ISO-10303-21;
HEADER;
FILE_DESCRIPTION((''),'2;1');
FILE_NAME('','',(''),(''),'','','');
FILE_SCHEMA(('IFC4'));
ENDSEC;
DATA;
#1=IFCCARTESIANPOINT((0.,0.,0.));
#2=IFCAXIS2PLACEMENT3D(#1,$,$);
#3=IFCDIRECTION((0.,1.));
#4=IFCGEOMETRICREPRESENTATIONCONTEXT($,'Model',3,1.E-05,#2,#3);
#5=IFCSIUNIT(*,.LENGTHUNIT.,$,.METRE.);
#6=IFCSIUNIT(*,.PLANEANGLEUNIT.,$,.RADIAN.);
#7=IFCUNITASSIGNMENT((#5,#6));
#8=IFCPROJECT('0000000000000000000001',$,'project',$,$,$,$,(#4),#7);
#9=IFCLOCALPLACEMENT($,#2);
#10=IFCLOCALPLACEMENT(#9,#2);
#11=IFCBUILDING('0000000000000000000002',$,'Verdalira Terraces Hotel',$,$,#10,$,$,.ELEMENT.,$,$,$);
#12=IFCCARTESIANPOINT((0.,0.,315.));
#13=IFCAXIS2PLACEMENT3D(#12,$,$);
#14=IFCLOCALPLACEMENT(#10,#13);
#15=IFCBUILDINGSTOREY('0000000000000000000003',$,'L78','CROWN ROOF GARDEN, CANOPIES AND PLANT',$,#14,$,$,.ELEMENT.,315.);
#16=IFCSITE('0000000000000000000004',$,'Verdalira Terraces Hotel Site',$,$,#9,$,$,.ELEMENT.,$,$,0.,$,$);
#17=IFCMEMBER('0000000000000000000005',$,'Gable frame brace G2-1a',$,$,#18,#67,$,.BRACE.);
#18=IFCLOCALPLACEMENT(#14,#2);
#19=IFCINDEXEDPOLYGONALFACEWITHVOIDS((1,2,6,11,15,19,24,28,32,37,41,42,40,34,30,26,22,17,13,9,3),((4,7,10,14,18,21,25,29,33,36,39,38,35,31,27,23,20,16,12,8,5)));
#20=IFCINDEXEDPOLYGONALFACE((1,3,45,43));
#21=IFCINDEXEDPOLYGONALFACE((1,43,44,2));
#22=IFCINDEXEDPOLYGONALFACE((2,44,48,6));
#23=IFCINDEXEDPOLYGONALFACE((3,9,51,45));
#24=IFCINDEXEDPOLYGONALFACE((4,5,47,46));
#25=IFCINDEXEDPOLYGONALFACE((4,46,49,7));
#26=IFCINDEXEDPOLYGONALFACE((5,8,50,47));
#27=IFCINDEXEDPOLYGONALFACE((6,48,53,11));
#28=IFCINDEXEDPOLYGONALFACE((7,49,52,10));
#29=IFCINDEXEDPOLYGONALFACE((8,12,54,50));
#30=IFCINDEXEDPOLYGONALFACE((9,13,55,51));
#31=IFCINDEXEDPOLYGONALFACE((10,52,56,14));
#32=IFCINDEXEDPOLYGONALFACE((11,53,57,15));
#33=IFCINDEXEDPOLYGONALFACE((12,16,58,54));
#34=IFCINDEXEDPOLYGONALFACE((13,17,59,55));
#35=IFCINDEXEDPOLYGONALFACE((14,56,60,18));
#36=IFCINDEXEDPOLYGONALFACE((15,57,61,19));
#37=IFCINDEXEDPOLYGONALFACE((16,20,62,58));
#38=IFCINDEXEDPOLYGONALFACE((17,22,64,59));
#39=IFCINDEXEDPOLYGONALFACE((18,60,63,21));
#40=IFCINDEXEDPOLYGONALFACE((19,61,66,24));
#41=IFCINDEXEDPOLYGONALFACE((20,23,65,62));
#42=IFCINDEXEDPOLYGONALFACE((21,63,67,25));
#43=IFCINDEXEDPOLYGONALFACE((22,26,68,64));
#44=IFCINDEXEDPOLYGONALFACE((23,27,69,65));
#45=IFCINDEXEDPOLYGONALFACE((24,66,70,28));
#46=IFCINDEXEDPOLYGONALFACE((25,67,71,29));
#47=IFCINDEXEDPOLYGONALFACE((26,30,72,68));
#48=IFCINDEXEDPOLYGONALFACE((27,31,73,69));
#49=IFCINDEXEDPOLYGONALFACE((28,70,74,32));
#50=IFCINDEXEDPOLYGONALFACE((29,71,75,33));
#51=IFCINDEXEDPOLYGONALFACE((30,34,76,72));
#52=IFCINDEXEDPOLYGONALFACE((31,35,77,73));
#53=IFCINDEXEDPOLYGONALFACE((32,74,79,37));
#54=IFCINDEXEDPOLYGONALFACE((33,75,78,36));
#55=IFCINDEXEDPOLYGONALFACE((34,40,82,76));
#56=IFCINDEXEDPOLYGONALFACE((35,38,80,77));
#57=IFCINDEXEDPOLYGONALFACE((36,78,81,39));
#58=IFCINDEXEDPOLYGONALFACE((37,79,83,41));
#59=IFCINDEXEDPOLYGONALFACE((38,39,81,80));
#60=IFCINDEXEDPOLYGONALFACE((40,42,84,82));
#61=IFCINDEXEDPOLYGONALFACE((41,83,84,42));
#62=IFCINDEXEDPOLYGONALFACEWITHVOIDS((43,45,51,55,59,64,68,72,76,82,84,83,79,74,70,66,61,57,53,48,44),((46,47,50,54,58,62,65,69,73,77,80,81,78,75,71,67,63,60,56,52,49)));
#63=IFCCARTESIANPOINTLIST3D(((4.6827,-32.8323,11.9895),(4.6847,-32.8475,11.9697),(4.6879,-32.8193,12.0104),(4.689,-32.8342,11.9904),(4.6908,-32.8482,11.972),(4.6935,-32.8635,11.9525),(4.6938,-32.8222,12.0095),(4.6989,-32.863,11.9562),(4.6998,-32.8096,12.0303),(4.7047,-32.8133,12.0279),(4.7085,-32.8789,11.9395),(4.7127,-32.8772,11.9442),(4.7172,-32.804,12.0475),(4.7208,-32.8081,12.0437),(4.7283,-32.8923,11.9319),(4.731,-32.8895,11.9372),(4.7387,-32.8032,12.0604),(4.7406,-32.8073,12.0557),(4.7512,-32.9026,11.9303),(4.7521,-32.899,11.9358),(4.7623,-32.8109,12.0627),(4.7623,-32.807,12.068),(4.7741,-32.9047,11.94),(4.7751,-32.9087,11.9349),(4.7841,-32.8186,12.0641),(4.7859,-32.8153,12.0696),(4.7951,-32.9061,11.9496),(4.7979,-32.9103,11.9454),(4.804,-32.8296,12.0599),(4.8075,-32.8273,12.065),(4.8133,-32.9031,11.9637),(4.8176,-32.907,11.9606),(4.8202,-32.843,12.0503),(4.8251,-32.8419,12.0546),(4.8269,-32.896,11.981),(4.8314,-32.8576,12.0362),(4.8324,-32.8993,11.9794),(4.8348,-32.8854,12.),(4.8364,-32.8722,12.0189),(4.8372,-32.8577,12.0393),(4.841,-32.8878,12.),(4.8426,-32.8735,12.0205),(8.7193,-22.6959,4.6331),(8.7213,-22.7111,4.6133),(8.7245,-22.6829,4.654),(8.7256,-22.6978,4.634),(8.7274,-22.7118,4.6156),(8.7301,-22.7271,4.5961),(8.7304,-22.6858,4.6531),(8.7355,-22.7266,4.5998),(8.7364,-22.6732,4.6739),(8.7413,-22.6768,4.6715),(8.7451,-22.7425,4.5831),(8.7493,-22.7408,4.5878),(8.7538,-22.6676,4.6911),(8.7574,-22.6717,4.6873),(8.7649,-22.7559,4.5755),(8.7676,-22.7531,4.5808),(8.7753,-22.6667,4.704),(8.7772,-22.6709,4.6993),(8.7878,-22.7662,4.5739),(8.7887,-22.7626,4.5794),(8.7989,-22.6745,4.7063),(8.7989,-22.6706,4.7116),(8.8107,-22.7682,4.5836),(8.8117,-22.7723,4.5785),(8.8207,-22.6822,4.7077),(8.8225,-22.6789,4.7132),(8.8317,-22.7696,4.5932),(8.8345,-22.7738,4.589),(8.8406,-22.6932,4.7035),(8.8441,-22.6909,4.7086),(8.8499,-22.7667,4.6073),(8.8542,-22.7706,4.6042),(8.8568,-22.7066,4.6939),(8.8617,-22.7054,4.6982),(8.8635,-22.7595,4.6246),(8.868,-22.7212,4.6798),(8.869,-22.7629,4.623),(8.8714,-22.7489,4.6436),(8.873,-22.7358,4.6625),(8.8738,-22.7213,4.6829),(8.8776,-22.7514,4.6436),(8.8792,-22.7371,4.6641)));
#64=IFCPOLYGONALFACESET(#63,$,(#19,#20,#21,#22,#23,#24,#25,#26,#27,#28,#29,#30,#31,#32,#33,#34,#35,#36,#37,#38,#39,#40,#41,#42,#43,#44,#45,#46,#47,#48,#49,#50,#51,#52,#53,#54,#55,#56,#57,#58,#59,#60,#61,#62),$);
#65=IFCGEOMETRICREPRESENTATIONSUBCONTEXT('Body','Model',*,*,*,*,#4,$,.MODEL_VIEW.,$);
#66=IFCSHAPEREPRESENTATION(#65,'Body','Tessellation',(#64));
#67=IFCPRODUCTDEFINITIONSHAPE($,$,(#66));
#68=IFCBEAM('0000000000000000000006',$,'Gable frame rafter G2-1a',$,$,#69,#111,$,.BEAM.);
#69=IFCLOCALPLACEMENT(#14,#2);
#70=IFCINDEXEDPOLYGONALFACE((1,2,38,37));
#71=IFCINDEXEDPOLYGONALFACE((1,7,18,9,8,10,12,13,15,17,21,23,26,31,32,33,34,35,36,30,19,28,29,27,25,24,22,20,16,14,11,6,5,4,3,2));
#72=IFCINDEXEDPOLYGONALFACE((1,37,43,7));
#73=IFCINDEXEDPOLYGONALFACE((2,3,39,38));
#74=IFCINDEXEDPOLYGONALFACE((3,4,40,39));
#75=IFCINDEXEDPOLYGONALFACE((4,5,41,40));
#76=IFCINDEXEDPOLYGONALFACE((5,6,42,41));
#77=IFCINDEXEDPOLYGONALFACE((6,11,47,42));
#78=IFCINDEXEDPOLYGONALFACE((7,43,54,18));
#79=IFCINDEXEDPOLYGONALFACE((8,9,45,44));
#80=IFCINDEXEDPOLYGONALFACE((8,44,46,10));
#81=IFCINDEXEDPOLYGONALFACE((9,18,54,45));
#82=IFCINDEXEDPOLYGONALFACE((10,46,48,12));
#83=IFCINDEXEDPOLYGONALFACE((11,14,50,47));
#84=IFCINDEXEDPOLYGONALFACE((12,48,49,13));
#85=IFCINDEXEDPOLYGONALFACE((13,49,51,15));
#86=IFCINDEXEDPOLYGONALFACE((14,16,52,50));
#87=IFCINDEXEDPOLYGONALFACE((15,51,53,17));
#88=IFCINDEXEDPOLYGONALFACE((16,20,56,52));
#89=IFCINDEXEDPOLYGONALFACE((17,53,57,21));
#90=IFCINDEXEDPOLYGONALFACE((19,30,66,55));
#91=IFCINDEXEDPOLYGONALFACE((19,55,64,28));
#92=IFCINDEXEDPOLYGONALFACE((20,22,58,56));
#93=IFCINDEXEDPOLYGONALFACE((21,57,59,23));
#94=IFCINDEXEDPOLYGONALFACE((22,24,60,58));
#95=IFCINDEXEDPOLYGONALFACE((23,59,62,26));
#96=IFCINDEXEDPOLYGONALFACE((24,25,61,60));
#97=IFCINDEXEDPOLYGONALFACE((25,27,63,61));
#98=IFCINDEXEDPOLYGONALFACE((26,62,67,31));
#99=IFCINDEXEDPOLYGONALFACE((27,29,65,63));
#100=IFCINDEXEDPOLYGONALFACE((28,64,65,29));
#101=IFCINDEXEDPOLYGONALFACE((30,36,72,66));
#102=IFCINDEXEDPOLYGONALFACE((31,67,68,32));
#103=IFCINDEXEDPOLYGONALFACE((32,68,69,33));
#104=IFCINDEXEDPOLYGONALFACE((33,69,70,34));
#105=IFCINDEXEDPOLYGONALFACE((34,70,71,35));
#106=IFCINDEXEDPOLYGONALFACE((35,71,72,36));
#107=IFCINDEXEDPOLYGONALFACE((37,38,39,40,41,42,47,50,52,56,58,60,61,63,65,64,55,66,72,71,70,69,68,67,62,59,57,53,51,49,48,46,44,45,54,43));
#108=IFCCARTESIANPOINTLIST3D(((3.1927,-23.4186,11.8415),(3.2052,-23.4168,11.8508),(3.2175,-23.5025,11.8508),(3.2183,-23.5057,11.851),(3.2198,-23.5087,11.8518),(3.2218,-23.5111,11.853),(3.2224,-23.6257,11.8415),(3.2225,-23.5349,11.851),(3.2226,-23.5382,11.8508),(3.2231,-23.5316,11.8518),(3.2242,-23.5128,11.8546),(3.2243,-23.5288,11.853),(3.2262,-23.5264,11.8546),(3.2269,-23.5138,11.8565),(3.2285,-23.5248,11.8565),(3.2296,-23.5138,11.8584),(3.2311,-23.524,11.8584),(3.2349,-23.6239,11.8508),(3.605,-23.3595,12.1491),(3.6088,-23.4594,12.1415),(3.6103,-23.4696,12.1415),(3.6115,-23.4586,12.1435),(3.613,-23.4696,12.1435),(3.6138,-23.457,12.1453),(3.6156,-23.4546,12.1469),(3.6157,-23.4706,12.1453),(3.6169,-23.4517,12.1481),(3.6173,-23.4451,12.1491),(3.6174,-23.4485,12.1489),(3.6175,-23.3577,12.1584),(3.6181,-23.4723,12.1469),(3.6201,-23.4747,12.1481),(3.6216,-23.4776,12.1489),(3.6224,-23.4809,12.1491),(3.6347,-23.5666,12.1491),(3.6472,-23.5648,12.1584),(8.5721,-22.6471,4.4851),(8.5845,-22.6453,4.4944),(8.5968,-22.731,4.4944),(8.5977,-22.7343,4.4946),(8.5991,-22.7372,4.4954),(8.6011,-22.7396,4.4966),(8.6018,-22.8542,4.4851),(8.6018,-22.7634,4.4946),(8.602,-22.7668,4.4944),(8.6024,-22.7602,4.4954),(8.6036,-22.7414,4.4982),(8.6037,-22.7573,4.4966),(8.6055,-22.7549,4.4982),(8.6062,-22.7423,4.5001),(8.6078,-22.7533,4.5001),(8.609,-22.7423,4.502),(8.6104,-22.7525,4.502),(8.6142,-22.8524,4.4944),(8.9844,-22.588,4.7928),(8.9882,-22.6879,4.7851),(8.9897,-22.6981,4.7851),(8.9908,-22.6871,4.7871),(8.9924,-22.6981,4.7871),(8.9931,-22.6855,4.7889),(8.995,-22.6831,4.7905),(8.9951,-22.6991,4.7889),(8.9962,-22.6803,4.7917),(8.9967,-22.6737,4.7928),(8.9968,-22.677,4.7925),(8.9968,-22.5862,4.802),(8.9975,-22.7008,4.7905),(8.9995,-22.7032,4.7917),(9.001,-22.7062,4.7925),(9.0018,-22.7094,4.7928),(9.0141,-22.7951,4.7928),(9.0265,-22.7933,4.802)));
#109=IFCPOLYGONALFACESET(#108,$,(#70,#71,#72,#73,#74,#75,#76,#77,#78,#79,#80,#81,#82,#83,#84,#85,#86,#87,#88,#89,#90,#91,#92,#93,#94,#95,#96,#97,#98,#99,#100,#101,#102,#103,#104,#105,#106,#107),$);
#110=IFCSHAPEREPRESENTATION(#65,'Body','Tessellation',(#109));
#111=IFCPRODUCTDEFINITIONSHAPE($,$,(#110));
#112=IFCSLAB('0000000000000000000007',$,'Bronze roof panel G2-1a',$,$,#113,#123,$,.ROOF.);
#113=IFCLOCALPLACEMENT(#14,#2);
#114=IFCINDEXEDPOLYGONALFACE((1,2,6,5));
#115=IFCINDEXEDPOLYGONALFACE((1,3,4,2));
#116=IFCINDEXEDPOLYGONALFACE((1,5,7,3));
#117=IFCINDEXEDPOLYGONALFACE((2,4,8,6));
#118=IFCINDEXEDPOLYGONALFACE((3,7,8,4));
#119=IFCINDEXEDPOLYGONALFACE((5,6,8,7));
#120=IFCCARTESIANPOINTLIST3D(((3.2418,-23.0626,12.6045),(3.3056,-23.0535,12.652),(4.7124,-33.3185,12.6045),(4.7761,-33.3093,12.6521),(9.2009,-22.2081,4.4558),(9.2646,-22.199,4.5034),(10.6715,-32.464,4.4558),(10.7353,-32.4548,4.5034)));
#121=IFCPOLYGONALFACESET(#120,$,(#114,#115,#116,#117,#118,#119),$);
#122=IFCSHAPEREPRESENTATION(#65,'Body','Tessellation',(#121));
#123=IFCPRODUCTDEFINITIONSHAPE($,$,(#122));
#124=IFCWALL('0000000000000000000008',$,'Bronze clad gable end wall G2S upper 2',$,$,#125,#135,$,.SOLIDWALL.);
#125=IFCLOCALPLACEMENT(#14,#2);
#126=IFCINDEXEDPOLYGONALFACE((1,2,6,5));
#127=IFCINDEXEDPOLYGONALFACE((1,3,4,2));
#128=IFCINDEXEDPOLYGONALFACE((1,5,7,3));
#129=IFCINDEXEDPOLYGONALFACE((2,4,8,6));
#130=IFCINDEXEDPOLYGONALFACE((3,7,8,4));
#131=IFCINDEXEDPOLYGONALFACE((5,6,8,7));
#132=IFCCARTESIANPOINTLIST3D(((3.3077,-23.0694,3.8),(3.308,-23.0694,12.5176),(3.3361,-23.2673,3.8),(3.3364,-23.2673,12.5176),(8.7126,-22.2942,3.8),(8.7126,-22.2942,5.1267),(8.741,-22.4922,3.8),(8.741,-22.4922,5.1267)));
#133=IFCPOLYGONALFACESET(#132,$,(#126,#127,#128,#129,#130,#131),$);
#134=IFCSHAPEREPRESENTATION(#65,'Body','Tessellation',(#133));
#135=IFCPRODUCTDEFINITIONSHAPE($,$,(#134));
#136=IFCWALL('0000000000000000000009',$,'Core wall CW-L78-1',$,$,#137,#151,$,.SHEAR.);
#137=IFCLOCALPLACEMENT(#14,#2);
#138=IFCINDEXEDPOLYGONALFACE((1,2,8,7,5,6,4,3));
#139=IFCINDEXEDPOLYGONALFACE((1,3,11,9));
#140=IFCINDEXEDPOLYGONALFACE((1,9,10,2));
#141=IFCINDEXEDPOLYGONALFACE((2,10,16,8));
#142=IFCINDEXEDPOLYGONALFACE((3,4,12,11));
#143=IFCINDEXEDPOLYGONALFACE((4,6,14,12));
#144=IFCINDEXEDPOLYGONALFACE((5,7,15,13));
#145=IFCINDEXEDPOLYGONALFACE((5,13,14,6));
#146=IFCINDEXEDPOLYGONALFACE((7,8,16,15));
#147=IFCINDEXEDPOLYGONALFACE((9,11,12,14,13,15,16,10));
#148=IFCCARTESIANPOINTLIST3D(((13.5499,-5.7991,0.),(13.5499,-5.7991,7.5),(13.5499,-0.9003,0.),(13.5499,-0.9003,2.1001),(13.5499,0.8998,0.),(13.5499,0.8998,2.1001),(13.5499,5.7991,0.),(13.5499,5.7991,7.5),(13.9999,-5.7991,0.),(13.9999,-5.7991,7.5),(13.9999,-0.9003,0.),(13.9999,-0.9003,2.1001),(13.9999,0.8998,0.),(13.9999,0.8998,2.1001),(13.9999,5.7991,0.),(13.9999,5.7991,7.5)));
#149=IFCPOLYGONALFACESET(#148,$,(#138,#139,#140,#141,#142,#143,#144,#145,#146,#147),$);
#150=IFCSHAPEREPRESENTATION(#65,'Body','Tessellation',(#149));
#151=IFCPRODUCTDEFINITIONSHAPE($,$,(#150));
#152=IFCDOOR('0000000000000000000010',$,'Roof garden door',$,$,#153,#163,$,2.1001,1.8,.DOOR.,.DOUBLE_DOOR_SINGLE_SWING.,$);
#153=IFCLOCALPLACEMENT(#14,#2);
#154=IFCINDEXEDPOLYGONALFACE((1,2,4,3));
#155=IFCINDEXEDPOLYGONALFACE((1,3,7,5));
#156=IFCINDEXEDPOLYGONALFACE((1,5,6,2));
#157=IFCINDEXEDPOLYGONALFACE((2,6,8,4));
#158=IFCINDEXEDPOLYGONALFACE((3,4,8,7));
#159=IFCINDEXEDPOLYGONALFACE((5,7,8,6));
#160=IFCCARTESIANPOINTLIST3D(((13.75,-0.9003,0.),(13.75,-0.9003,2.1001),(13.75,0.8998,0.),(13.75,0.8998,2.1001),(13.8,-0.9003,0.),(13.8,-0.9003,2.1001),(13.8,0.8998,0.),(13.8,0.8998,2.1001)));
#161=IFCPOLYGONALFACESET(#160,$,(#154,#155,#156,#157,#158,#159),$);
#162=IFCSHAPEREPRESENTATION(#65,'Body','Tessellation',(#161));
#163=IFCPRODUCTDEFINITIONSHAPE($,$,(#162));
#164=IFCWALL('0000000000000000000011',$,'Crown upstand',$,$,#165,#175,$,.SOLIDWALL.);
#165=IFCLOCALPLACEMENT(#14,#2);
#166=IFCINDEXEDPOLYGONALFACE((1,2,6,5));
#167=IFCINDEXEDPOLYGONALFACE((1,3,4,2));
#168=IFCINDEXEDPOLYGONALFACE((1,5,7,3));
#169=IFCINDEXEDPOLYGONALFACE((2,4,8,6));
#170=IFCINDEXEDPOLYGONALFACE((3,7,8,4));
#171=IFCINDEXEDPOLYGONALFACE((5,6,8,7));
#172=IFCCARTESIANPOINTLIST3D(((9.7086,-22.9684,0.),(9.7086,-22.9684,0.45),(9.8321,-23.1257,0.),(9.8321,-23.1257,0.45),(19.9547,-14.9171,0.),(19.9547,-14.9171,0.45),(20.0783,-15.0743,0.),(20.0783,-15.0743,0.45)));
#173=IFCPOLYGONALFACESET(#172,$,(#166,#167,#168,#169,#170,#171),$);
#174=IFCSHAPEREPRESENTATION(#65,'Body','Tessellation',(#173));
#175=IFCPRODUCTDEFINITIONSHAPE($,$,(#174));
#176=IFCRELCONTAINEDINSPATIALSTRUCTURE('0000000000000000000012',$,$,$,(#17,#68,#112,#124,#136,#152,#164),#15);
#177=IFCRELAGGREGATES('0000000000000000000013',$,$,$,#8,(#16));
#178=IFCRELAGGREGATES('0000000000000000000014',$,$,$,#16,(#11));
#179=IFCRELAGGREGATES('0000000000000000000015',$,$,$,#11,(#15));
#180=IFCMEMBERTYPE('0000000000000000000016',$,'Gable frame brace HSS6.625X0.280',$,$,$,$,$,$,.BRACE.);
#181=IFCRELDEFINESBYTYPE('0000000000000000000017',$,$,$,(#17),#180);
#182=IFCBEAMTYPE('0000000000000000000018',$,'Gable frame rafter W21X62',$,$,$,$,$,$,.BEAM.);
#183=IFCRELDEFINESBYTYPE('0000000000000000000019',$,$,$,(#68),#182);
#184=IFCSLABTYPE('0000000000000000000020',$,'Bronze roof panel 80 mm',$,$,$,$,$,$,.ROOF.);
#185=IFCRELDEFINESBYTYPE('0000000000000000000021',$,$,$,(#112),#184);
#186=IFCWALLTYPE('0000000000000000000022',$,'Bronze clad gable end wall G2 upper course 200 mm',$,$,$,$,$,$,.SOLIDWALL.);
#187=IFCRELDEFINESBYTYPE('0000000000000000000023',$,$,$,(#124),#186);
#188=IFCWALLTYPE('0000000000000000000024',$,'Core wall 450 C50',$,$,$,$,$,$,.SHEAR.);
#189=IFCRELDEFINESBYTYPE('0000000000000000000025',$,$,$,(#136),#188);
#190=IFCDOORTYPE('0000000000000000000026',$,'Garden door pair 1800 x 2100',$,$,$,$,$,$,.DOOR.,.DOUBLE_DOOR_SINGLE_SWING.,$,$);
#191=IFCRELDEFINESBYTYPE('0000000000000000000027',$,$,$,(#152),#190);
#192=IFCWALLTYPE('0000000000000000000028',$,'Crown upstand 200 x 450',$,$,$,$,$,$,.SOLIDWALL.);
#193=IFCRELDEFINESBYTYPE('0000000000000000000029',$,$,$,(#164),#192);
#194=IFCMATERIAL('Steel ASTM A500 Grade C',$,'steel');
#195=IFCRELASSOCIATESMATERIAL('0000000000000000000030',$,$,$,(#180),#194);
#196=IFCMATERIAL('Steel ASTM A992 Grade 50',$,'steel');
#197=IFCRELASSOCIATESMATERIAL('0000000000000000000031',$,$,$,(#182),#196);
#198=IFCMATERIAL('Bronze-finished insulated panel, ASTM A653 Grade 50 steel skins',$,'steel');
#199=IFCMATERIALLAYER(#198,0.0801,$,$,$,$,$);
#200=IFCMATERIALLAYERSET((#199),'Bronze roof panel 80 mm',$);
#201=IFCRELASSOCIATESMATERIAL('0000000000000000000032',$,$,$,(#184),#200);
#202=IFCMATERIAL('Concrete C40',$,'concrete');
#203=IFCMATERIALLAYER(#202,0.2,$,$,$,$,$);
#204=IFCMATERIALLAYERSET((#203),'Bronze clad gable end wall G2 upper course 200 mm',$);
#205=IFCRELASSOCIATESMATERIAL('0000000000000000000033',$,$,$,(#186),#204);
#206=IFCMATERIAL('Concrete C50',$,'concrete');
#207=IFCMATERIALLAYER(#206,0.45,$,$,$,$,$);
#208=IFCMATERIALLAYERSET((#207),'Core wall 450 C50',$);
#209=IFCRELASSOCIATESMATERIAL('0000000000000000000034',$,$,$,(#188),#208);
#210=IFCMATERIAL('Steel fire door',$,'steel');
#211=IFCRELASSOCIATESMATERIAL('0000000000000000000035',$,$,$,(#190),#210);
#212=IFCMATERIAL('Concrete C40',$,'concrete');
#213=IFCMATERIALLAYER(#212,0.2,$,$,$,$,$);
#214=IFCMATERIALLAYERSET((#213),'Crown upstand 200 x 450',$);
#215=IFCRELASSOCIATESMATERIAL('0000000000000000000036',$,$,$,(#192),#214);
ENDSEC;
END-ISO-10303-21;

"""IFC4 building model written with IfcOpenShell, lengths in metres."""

from ifc_helpers import new_model, si_unit, direction, frame, frame_2d, origin, origin_2d, place, context, subcontext, project, spatial, polyline, rectangle, hollow_circle, i_section, outline, extrude, material, layer, layer_set, material_profile, profile_set, type_object, element, fill, save


model = new_model("IFC4")

# Units and contexts
model_context = context("Model", 3, precision=1e-05, world=origin(), true_north=direction((0.0, 1.0)))
body_context = subcontext(model_context, "Body", "Model", "MODEL_VIEW")
ifc_project = project(units=[si_unit("LENGTHUNIT", "METRE"), si_unit("PLANEANGLEUNIT", "RADIAN")], contexts=[model_context])

# Site, building, storey
site_placement = place(None, origin())
site = spatial("IfcSite", under=ifc_project, at=site_placement, Name="Verdalira Terraces Hotel Site", CompositionType="ELEMENT", RefElevation=0.0)
building_placement = place(site_placement, origin())
building = spatial("IfcBuilding", under=site, at=building_placement, Name="Verdalira Terraces Hotel", CompositionType="ELEMENT")
storey_placement = place(building_placement, frame((0.0, 0.0, 315.0)))
storey = spatial("IfcBuildingStorey", under=building, at=storey_placement, Name="L78", Description="CROWN ROOF GARDEN, CANOPIES AND PLANT", CompositionType="ELEMENT", Elevation=315.0)

# Member
ifc_material_1 = material(Name="Steel ASTM A500 Grade C", Category="steel")
ifc_material_profile_1 = material_profile(ifc_material_1, hollow_circle(Radius=0.0842, WallThickness=0.0066, at=origin_2d()), Name="HSS6.625X0.280")
ifc_profile_set_1 = profile_set([ifc_material_profile_1], Name="Steel ASTM A500 Grade C")
member_type = type_object("IfcMemberType", Name="Gable frame brace HSS6.625X0.280", PredefinedType="BRACE", material=ifc_profile_set_1)
member_placement = place(storey_placement, frame((8.7993, -22.7202, 4.6436), z_axis=(-0.306757, -0.770306, 0.559042), x_axis=(0.929044, -0.369971, 0.0)))
element("IfcMember", 1, at=member_placement, inside=storey, type_object=member_type, Name="Gable frame brace G2-1a", PredefinedType="BRACE", context=body_context, shape_type="SweptSolid", body=[
    extrude(hollow_circle(Radius=0.0842, WallThickness=0.0066, at=origin_2d()), origin(), (0.0, 0.0, 1.0), 13.1589),
])

# Beam
ifc_material_2 = material(Name="Steel ASTM A992 Grade 50", Category="steel")
ifc_material_profile_2 = material_profile(ifc_material_2, i_section(OverallWidth=0.2092, OverallDepth=0.5334, WebThickness=0.0103, FlangeThickness=0.0156, FilletRadius=0.0129, at=origin_2d()), Name="W21X62")
ifc_profile_set_2 = profile_set([ifc_material_profile_2], Name="Steel ASTM A992 Grade 50")
beam_type_1 = type_object("IfcBeamType", Name="Gable frame rafter W21X62", PredefinedType="BEAM", material=ifc_profile_set_2)
beam_1_placement = place(storey_placement, frame((8.7993, -22.7202, 4.6436), z_axis=(-0.588165, -0.084352, 0.80433), x_axis=(0.141962, -0.989872, 0.0)))
element("IfcBeam", 2, at=beam_1_placement, inside=storey, type_object=beam_type_1, Name="Gable frame rafter G2-1a", PredefinedType="BEAM", context=body_context, shape_type="SweptSolid", body=[
    extrude(i_section(OverallWidth=0.2092, OverallDepth=0.5334, WebThickness=0.0103, FlangeThickness=0.0156, FilletRadius=0.0129, at=origin_2d()), origin(), (0.0, 0.0, 1.0), 9.146),
])

# Slab
ifc_material_3 = material(Name="Bronze-finished insulated panel, ASTM A653 Grade 50 steel skins", Category="steel")
ifc_layer_1 = layer(ifc_material_3, 0.0801)
ifc_layer_set_1 = layer_set([ifc_layer_1], Name="Bronze roof panel 80 mm")
slab_type = type_object("IfcSlabType", Name="Bronze roof panel 80 mm", PredefinedType="ROOF", material=ifc_layer_set_1)
slab_placement = place(storey_placement, frame((9.2646, -22.199, 4.5034), z_axis=(0.796169, 0.114162, 0.594207), x_axis=(0.141942, -0.989875, -0.000006)))
element("IfcSlab", 3, at=slab_placement, inside=storey, type_object=slab_type, Name="Bronze roof panel G2-1a", PredefinedType="ROOF", context=body_context, shape_type="SweptSolid", body=[
    extrude(outline(polyline([(0.0, 0.0), (10.3608, 0.0), (10.3607, -10.1313), (0.0, -10.1312), (0.0, 0.0)])), origin(), (0.0, 0.0, -1.0), 0.0801),
])

# Wall
ifc_material_4 = material(Name="Concrete C40", Category="concrete")
ifc_layer_2 = layer(ifc_material_4, 0.2)
ifc_layer_set_2 = layer_set([ifc_layer_2], Name="Bronze clad gable end wall G2 upper course 200 mm")
wall_type_1 = type_object("IfcWallType", Name="Bronze clad gable end wall G2 upper course 200 mm", PredefinedType="SOLIDWALL", material=ifc_layer_set_2)
wall_1_placement = place(storey_placement, frame((8.7268, -22.3931, 3.8), z_axis=(0.0, 0.0, 1.0), x_axis=(-0.989872, -0.141966, 0.0)))
element("IfcWall", 4, at=wall_1_placement, inside=storey, type_object=wall_type_1, Name="Bronze clad gable end wall G2S upper 2", PredefinedType="SOLIDWALL", context=body_context, shape_type="SweptSolid", body=[
    extrude(outline(polyline([(0.0, 0.0), (5.4602, 0.0), (5.46, 8.7175), (0.0, 1.3267), (0.0, 0.0)])), frame((0.0, 0.1001, 0.0), z_axis=(0.0, -1.0, 0.0), x_axis=(1.0, 0.0, 0.0)), (0.0, 0.0, 1.0), 0.2),
])

# Wall, opening, door
ifc_material_5 = material(Name="Concrete C50", Category="concrete")
ifc_layer_3 = layer(ifc_material_5, 0.45)
ifc_layer_set_3 = layer_set([ifc_layer_3], Name="Core wall 450 C50")
wall_type_2 = type_object("IfcWallType", Name="Core wall 450 C50", PredefinedType="SHEAR", material=ifc_layer_set_3)
wall_2_placement = place(storey_placement, frame((13.7749, -5.7991, 0.0), z_axis=(0.0, 0.0, 1.0), x_axis=(0.0, 1.0, 0.0)))
wall_2 = element("IfcWall", 5, at=wall_2_placement, inside=storey, type_object=wall_type_2, Name="Core wall CW-L78-1", PredefinedType="SHEAR", context=body_context, shape_type="SweptSolid", body=[
    extrude(rectangle(XDim=11.5981, YDim=0.45, at=frame_2d((5.7991, 0.0))), origin(), (0.0, 0.0, 1.0), 7.5),
])
opening_1_placement = place(wall_2_placement, frame((4.8989, 0.0, 0.0)))
opening_1 = element("IfcOpeningElement", 6, at=opening_1_placement, cuts=wall_2, PredefinedType="OPENING", context=body_context, shape_type="SweptSolid", body=[
    extrude(rectangle(XDim=1.8, YDim=2.1001, at=frame_2d((0.8999, 1.05))), frame((0.0, 0.2349, 0.0), z_axis=(0.0, -1.0, 0.0), x_axis=(1.0, 0.0, 0.0)), (0.0, 0.0, 1.0), 0.47),
])
ifc_material_6 = material(Name="Steel fire door", Category="steel")
door_type = type_object("IfcDoorType", Name="Garden door pair 1800 x 2100", OperationType="DOUBLE_DOOR_SINGLE_SWING", PredefinedType="DOOR", material=ifc_material_6)
door_placement = place(opening_1_placement, origin())
door = element("IfcDoor", 7, at=door_placement, inside=storey, type_object=door_type, Name="Roof garden door", OperationType="DOUBLE_DOOR_SINGLE_SWING", OverallHeight=2.1001, OverallWidth=1.8, PredefinedType="DOOR", context=body_context, shape_type="SweptSolid", body=[
    extrude(rectangle(XDim=1.8, YDim=2.1001, at=frame_2d((0.8999, 1.05))), frame((0.0, 0.0249, 0.0), z_axis=(0.0, -1.0, 0.0), x_axis=(1.0, 0.0, 0.0)), (0.0, 0.0, 1.0), 0.05),
])
fill(opening_1, door)

# Wall
ifc_material_7 = material(Name="Concrete C40", Category="concrete")
ifc_layer_4 = layer(ifc_material_7, 0.2)
ifc_layer_set_4 = layer_set([ifc_layer_4], Name="Crown upstand 200 x 450")
wall_type_3 = type_object("IfcWallType", Name="Crown upstand 200 x 450", PredefinedType="SOLIDWALL", material=ifc_layer_set_4)
wall_3_placement = place(storey_placement, frame((9.7703, -23.0471, 0.0), z_axis=(0.0, 0.0, 1.0), x_axis=(0.78629, 0.617858, 0.0)))
element("IfcWall", 8, at=wall_3_placement, inside=storey, type_object=wall_type_3, Name="Crown upstand", PredefinedType="SOLIDWALL", context=body_context, shape_type="SweptSolid", body=[
    extrude(rectangle(XDim=13.031, YDim=0.2, at=frame_2d((6.5156, 0.0))), origin(), (0.0, 0.0, 1.0), 0.45),
])

save(model, "model.ifc")
